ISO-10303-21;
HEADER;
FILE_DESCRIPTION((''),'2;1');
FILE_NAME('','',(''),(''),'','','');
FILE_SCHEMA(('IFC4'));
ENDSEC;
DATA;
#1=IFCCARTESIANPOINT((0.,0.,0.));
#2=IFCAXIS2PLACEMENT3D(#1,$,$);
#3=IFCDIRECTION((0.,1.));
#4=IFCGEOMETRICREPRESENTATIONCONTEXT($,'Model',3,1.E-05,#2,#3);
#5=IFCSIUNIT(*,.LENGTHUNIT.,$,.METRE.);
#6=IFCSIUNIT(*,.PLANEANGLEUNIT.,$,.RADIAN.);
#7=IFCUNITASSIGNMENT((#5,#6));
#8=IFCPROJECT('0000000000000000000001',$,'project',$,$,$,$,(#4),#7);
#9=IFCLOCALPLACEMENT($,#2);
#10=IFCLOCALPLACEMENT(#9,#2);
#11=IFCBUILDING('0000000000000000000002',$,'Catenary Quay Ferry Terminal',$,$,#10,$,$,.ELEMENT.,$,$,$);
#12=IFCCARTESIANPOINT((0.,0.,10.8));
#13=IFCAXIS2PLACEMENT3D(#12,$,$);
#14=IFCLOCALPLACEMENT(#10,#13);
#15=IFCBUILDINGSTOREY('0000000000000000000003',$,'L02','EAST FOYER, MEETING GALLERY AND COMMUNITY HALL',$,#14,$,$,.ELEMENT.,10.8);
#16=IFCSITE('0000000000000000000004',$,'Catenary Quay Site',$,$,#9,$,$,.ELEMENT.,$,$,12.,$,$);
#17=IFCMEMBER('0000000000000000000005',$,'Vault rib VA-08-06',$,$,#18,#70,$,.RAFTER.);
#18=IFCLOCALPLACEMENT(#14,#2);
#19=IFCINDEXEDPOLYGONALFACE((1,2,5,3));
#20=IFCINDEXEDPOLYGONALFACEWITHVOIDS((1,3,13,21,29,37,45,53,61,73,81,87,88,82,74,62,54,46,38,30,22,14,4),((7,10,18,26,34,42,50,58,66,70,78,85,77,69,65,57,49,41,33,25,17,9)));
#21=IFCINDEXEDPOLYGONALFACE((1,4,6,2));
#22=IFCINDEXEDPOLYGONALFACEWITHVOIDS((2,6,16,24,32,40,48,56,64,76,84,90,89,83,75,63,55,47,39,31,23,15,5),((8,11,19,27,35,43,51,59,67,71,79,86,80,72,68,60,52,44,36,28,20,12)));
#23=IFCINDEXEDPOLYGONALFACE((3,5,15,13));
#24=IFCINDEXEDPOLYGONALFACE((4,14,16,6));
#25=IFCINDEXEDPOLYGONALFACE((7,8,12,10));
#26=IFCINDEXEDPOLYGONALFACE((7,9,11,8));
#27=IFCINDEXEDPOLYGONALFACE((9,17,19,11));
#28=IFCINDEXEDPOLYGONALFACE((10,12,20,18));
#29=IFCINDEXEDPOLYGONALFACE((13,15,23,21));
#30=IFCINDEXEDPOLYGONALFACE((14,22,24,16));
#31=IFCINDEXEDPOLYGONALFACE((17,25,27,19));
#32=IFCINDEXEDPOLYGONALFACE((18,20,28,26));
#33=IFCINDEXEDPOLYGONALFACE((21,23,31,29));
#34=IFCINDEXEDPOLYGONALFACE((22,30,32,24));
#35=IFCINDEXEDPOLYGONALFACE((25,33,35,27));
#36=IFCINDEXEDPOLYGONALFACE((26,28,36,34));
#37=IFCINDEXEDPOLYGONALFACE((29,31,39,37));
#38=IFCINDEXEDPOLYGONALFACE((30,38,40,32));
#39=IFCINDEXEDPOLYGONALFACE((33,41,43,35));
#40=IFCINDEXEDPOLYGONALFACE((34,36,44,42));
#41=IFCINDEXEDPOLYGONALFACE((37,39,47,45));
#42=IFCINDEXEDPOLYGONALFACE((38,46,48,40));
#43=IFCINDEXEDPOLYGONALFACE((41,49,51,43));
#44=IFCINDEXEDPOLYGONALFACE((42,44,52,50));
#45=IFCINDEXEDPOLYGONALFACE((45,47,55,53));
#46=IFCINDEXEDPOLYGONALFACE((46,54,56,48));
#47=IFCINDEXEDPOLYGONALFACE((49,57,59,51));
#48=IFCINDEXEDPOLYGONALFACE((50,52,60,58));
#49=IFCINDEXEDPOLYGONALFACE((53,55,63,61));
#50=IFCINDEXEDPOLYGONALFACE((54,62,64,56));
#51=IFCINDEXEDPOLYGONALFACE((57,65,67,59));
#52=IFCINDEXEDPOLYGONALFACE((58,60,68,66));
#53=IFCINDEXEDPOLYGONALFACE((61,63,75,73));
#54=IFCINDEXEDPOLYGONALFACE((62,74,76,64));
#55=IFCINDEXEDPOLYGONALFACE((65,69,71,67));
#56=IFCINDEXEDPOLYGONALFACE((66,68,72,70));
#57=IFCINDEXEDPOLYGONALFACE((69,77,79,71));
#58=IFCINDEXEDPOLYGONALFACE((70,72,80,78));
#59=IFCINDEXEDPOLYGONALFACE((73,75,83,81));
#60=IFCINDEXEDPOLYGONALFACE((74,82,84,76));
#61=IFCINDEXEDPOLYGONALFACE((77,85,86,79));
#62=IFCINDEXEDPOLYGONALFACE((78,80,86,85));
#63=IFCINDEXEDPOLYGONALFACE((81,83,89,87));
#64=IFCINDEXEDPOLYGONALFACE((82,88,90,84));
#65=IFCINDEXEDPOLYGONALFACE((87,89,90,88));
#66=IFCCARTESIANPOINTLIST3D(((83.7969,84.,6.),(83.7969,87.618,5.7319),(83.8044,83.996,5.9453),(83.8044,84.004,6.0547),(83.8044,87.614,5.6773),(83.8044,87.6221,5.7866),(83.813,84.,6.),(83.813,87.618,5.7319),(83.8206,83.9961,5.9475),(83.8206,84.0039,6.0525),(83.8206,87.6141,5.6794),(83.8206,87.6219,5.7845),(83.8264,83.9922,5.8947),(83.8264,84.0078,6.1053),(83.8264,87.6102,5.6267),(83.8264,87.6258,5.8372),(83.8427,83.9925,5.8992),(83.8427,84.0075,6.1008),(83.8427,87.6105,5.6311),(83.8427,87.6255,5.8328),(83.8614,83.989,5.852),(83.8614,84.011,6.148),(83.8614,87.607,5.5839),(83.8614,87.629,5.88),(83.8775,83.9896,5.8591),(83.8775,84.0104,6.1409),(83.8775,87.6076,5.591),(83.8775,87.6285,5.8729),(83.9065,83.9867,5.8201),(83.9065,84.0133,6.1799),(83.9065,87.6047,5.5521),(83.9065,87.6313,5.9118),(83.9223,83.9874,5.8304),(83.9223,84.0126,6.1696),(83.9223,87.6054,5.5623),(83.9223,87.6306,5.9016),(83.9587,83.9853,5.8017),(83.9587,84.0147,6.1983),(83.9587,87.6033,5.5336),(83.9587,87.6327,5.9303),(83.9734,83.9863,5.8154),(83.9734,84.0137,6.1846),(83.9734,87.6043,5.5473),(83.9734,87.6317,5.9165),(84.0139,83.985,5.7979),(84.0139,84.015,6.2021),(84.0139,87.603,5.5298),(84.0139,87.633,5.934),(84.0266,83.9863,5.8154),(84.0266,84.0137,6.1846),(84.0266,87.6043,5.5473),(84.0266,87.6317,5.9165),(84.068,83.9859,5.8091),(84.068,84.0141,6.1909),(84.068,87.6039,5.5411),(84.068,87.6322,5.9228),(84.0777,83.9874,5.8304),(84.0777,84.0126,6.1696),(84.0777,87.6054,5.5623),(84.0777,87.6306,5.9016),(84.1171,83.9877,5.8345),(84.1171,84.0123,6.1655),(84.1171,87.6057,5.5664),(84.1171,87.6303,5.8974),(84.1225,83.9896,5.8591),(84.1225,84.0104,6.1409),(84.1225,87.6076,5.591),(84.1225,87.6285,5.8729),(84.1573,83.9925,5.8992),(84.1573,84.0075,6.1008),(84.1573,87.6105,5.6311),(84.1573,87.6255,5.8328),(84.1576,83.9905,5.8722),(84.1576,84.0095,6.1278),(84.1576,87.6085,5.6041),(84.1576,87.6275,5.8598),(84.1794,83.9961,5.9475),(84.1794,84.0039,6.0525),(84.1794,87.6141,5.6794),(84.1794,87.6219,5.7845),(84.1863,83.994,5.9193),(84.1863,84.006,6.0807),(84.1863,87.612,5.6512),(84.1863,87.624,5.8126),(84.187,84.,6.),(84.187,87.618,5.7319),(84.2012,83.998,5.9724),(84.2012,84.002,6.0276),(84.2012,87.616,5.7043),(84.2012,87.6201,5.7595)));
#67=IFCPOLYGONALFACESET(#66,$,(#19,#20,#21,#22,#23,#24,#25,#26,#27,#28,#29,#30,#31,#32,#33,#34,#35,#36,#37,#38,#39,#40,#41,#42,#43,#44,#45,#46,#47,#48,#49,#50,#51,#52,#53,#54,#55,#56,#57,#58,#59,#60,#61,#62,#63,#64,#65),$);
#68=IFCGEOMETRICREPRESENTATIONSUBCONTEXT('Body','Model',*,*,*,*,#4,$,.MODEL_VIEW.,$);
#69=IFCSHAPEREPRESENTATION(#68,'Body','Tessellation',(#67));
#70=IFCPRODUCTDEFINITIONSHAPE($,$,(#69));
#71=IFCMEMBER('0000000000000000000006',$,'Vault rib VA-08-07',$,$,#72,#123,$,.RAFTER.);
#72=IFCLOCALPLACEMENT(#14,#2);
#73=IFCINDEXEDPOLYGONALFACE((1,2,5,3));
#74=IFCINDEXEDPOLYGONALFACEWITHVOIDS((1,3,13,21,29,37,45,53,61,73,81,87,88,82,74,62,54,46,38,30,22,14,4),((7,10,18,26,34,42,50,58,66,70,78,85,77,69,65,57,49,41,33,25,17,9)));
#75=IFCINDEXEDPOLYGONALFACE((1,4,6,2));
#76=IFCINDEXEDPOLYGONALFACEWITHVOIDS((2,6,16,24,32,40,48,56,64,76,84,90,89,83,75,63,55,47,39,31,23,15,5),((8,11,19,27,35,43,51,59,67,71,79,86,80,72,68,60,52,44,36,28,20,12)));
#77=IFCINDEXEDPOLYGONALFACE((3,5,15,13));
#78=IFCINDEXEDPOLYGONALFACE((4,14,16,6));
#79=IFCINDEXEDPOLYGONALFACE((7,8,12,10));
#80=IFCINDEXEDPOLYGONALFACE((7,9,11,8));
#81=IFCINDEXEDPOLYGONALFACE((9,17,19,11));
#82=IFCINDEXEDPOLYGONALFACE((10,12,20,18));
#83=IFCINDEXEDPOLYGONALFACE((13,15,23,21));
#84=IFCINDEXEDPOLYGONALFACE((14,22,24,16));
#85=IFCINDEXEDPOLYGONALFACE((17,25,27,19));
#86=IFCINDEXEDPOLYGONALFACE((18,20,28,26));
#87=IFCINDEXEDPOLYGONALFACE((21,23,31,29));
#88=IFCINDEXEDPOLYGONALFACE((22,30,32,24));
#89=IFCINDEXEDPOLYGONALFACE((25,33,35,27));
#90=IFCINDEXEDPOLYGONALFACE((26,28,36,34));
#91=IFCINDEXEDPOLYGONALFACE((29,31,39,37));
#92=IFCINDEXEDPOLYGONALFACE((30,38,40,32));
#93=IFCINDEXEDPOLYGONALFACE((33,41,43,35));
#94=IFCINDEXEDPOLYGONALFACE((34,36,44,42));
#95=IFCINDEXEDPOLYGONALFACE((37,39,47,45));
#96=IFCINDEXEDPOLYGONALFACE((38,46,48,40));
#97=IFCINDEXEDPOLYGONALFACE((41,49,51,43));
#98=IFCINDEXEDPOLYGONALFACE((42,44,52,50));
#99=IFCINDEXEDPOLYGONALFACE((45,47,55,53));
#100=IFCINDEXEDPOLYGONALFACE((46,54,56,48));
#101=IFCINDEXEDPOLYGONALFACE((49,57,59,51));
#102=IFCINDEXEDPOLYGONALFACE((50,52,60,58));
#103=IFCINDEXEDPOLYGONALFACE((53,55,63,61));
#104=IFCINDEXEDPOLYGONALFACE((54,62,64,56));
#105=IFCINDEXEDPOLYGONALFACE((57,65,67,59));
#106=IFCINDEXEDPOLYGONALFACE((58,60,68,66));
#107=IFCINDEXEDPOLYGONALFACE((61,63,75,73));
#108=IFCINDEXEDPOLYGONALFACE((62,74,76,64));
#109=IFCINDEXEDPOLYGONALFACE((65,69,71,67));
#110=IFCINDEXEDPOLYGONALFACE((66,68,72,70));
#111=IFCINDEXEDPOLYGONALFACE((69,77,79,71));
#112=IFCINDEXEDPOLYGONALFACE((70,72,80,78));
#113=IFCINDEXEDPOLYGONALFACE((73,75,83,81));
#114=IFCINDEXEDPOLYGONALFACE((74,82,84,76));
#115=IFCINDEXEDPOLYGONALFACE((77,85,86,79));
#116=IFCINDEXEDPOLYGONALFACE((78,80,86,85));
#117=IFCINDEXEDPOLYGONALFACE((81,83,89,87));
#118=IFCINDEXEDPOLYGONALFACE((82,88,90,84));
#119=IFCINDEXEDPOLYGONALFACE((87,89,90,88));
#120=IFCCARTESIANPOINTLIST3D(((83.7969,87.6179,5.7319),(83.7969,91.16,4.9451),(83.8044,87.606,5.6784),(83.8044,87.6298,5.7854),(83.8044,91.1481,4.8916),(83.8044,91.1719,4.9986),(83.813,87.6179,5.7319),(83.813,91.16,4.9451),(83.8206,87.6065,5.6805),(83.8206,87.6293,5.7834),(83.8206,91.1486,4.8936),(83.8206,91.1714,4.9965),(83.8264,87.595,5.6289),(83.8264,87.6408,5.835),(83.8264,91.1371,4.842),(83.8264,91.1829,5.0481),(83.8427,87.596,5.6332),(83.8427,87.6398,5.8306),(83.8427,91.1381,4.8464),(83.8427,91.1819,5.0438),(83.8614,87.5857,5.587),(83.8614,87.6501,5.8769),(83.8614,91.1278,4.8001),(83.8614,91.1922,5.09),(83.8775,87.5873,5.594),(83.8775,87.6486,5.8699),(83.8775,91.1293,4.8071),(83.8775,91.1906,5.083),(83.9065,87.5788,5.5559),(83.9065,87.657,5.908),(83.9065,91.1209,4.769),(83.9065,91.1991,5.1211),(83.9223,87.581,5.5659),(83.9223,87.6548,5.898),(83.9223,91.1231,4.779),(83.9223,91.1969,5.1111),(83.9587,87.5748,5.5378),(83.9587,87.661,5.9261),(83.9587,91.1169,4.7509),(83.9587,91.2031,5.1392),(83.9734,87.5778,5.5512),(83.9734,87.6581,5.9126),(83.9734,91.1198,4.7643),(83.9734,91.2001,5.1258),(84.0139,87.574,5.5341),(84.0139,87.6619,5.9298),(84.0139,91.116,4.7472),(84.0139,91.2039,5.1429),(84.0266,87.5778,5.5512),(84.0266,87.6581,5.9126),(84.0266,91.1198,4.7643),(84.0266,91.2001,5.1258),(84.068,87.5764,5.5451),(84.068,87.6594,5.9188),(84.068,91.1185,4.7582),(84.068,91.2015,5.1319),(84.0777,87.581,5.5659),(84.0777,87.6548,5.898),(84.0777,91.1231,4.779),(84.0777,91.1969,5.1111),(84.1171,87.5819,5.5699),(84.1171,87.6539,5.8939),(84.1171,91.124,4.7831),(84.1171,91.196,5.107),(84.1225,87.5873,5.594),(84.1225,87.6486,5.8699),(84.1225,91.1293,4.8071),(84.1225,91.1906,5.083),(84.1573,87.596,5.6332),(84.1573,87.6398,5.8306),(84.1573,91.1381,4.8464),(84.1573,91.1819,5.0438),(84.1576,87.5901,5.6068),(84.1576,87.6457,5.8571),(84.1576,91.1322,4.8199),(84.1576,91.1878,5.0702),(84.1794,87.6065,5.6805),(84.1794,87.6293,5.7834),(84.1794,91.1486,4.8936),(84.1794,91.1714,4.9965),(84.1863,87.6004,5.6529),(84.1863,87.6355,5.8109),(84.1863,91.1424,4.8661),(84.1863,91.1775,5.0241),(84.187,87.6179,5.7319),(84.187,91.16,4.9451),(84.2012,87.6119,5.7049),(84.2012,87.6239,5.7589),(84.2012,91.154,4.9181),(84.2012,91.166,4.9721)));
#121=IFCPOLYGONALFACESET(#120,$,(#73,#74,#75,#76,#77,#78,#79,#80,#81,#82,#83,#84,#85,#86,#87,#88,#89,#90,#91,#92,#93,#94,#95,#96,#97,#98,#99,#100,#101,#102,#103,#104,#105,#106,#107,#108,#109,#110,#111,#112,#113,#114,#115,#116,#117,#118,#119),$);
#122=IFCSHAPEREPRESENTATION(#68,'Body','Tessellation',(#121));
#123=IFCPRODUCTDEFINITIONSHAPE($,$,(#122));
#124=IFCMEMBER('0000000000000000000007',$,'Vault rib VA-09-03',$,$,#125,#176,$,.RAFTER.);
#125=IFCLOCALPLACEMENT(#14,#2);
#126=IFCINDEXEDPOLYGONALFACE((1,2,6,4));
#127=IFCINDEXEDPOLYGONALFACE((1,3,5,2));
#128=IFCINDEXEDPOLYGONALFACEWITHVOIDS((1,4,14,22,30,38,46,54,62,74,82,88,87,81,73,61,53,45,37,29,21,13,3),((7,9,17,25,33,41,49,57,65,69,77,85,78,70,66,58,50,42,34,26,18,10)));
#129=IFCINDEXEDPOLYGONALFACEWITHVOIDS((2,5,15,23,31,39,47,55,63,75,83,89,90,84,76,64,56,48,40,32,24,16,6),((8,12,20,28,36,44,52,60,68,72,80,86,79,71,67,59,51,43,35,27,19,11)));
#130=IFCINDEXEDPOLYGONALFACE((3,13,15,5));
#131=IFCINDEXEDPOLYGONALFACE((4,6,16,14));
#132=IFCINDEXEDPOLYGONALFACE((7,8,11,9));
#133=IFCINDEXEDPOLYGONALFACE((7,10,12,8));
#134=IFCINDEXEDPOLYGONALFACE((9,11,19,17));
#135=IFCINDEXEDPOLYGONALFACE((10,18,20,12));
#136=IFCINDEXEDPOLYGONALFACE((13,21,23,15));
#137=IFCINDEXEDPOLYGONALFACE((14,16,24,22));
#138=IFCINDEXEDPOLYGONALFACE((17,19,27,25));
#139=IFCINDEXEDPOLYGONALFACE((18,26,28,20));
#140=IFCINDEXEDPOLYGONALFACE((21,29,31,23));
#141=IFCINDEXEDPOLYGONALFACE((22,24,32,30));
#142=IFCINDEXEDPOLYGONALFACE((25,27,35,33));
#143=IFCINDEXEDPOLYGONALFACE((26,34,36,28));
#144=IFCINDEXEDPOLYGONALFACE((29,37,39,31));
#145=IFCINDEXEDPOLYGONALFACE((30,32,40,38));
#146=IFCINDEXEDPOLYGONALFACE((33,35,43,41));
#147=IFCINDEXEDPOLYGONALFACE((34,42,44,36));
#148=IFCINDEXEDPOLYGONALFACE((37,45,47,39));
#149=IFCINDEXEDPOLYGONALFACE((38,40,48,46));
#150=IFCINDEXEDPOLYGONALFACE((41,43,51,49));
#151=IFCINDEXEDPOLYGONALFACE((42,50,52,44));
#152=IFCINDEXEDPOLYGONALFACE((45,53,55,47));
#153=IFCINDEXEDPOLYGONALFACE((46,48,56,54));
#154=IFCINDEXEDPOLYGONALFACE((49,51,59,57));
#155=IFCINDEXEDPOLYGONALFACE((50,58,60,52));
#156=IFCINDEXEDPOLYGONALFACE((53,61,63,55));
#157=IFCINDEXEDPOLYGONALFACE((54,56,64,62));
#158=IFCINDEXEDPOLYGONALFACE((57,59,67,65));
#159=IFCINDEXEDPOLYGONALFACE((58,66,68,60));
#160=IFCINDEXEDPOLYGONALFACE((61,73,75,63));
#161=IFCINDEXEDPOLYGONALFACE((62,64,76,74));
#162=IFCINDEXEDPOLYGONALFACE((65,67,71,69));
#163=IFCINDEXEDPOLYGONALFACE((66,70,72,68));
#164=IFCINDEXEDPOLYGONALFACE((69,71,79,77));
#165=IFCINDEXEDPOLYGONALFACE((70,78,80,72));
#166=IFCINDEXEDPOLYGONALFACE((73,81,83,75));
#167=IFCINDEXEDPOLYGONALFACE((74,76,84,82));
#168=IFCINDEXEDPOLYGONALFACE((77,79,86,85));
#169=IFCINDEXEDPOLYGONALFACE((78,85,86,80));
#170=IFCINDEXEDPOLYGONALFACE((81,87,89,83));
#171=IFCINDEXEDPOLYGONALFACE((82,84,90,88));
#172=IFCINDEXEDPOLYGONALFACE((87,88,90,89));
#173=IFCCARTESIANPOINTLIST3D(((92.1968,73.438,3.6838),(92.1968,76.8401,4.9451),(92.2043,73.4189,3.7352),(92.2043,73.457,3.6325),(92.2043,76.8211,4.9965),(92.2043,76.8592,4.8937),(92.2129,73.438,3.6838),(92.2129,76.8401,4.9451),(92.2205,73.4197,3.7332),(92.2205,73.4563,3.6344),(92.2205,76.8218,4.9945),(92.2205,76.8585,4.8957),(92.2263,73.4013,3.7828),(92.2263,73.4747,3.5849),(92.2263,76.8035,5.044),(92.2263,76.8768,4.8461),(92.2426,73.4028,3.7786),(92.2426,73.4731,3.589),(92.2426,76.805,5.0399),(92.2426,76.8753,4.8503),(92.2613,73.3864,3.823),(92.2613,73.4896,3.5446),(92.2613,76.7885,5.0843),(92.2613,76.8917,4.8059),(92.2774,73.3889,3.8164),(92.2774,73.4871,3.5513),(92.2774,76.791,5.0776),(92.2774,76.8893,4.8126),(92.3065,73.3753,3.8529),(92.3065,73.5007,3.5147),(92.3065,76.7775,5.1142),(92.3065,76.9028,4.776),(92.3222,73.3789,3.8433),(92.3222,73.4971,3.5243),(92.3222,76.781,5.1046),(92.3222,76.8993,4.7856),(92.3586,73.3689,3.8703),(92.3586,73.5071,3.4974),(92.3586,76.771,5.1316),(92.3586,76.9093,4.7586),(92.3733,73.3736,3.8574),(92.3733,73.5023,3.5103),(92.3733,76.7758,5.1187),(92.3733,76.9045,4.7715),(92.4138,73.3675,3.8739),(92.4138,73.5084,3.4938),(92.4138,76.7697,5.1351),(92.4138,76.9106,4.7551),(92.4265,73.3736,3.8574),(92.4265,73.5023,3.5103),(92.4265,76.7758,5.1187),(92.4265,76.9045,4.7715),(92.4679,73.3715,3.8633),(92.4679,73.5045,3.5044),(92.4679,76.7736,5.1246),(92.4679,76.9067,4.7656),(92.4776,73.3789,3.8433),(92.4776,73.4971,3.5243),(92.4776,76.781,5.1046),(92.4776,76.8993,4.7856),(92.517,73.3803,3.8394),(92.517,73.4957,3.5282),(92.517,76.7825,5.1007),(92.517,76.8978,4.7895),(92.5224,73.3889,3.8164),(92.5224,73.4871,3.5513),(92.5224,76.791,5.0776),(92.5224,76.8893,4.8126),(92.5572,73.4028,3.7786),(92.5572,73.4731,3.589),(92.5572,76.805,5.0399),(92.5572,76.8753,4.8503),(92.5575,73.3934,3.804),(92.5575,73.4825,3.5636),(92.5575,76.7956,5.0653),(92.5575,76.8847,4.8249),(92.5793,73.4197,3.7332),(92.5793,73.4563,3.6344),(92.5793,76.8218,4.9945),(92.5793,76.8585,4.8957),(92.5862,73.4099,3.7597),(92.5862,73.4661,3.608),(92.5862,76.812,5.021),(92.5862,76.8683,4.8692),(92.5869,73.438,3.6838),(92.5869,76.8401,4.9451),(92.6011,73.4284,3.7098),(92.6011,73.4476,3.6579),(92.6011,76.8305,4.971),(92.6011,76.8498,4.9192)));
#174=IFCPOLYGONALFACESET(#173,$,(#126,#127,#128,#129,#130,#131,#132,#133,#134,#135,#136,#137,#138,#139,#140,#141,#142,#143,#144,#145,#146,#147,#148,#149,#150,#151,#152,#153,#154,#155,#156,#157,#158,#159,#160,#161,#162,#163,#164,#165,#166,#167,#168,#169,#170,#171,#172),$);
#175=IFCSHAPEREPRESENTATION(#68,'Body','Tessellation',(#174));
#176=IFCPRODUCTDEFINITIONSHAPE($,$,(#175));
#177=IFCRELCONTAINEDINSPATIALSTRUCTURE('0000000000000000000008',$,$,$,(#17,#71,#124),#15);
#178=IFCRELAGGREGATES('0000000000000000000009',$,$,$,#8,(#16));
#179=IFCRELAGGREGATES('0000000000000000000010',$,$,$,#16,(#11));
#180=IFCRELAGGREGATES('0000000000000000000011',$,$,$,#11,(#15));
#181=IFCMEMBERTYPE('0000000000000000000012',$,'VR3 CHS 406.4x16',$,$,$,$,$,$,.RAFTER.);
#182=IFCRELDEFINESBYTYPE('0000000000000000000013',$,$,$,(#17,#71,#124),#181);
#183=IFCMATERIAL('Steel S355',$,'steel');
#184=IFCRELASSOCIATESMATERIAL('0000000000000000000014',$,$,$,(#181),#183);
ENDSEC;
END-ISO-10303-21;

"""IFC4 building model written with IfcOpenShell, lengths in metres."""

from ifc_helpers import new_model, si_unit, direction, frame, origin, origin_2d, place, context, subcontext, project, spatial, hollow_circle, extrude, material, material_profile, profile_set, type_object, element, save


model = new_model("IFC4")

# Units and contexts
model_context = context("Model", 3, precision=1e-05, world=origin(), true_north=direction((0.0, 1.0)))
body_context = subcontext(model_context, "Body", "Model", "MODEL_VIEW")
ifc_project = project(units=[si_unit("LENGTHUNIT", "METRE"), si_unit("PLANEANGLEUNIT", "RADIAN")], contexts=[model_context])

# Site, building, storey
site_placement = place(None, origin())
site = spatial("IfcSite", under=ifc_project, at=site_placement, Name="Catenary Quay Site", CompositionType="ELEMENT", RefElevation=12.0)
building_placement = place(site_placement, origin())
building = spatial("IfcBuilding", under=site, at=building_placement, Name="Catenary Quay Ferry Terminal", CompositionType="ELEMENT")
storey_placement = place(building_placement, frame((0.0, 0.0, 10.8)))
storey = spatial("IfcBuildingStorey", under=building, at=storey_placement, Name="L02", Description="EAST FOYER, MEETING GALLERY AND COMMUNITY HALL", CompositionType="ELEMENT", Elevation=10.8)

# Members
ifc_material_1 = material(Name="Steel S355", Category="steel")
ifc_material_profile_1 = material_profile(ifc_material_1, hollow_circle(Radius=0.2031, WallThickness=0.0161, at=origin_2d()), Name="CHS 406.4x16")
ifc_profile_set_1 = profile_set([ifc_material_profile_1], Name="Steel S355")
member_type_1 = type_object("IfcMemberType", Name="VR3 CHS 406.4x16", PredefinedType="RAFTER", material=ifc_profile_set_1)
member_1_placement = place(storey_placement, frame((84.0, 84.0, 6.0), z_axis=(0.0, 0.997266, -0.073892), x_axis=(-1.0, 0.0, 0.0)))
element("IfcMember", 1, at=member_1_placement, inside=storey, type_object=member_type_1, Name="Vault rib VA-08-06", PredefinedType="RAFTER", context=body_context, shape_type="SweptSolid", body=[
    extrude(hollow_circle(Radius=0.2031, WallThickness=0.0161, at=origin_2d()), origin(), (0.0, 0.0, 1.0), 3.6279),
])
for number, where, z_axis, x_axis, name in (
    (2, (84.0, 87.6179, 5.7319), (0.0, 0.976201, -0.216866), (-1.0, 0.0, 0.0), "Vault rib VA-08-07"),
    (3, (92.3999, 73.438, 3.6838), (0.0, 0.937642, 0.347604), (-1.0, 0.0, 0.0), "Vault rib VA-09-03"),
):
    element("IfcMember", number, at=place(storey_placement, frame(where, z_axis=z_axis, x_axis=x_axis)), inside=storey, type_object=member_type_1, Name=name, PredefinedType="RAFTER", context=body_context, shape_type="SweptSolid", body=[
        extrude(hollow_circle(Radius=0.2031, WallThickness=0.0161, at=origin_2d()), origin(), (0.0, 0.0, 1.0), 3.6284),
    ])

save(model, "model.ifc")
